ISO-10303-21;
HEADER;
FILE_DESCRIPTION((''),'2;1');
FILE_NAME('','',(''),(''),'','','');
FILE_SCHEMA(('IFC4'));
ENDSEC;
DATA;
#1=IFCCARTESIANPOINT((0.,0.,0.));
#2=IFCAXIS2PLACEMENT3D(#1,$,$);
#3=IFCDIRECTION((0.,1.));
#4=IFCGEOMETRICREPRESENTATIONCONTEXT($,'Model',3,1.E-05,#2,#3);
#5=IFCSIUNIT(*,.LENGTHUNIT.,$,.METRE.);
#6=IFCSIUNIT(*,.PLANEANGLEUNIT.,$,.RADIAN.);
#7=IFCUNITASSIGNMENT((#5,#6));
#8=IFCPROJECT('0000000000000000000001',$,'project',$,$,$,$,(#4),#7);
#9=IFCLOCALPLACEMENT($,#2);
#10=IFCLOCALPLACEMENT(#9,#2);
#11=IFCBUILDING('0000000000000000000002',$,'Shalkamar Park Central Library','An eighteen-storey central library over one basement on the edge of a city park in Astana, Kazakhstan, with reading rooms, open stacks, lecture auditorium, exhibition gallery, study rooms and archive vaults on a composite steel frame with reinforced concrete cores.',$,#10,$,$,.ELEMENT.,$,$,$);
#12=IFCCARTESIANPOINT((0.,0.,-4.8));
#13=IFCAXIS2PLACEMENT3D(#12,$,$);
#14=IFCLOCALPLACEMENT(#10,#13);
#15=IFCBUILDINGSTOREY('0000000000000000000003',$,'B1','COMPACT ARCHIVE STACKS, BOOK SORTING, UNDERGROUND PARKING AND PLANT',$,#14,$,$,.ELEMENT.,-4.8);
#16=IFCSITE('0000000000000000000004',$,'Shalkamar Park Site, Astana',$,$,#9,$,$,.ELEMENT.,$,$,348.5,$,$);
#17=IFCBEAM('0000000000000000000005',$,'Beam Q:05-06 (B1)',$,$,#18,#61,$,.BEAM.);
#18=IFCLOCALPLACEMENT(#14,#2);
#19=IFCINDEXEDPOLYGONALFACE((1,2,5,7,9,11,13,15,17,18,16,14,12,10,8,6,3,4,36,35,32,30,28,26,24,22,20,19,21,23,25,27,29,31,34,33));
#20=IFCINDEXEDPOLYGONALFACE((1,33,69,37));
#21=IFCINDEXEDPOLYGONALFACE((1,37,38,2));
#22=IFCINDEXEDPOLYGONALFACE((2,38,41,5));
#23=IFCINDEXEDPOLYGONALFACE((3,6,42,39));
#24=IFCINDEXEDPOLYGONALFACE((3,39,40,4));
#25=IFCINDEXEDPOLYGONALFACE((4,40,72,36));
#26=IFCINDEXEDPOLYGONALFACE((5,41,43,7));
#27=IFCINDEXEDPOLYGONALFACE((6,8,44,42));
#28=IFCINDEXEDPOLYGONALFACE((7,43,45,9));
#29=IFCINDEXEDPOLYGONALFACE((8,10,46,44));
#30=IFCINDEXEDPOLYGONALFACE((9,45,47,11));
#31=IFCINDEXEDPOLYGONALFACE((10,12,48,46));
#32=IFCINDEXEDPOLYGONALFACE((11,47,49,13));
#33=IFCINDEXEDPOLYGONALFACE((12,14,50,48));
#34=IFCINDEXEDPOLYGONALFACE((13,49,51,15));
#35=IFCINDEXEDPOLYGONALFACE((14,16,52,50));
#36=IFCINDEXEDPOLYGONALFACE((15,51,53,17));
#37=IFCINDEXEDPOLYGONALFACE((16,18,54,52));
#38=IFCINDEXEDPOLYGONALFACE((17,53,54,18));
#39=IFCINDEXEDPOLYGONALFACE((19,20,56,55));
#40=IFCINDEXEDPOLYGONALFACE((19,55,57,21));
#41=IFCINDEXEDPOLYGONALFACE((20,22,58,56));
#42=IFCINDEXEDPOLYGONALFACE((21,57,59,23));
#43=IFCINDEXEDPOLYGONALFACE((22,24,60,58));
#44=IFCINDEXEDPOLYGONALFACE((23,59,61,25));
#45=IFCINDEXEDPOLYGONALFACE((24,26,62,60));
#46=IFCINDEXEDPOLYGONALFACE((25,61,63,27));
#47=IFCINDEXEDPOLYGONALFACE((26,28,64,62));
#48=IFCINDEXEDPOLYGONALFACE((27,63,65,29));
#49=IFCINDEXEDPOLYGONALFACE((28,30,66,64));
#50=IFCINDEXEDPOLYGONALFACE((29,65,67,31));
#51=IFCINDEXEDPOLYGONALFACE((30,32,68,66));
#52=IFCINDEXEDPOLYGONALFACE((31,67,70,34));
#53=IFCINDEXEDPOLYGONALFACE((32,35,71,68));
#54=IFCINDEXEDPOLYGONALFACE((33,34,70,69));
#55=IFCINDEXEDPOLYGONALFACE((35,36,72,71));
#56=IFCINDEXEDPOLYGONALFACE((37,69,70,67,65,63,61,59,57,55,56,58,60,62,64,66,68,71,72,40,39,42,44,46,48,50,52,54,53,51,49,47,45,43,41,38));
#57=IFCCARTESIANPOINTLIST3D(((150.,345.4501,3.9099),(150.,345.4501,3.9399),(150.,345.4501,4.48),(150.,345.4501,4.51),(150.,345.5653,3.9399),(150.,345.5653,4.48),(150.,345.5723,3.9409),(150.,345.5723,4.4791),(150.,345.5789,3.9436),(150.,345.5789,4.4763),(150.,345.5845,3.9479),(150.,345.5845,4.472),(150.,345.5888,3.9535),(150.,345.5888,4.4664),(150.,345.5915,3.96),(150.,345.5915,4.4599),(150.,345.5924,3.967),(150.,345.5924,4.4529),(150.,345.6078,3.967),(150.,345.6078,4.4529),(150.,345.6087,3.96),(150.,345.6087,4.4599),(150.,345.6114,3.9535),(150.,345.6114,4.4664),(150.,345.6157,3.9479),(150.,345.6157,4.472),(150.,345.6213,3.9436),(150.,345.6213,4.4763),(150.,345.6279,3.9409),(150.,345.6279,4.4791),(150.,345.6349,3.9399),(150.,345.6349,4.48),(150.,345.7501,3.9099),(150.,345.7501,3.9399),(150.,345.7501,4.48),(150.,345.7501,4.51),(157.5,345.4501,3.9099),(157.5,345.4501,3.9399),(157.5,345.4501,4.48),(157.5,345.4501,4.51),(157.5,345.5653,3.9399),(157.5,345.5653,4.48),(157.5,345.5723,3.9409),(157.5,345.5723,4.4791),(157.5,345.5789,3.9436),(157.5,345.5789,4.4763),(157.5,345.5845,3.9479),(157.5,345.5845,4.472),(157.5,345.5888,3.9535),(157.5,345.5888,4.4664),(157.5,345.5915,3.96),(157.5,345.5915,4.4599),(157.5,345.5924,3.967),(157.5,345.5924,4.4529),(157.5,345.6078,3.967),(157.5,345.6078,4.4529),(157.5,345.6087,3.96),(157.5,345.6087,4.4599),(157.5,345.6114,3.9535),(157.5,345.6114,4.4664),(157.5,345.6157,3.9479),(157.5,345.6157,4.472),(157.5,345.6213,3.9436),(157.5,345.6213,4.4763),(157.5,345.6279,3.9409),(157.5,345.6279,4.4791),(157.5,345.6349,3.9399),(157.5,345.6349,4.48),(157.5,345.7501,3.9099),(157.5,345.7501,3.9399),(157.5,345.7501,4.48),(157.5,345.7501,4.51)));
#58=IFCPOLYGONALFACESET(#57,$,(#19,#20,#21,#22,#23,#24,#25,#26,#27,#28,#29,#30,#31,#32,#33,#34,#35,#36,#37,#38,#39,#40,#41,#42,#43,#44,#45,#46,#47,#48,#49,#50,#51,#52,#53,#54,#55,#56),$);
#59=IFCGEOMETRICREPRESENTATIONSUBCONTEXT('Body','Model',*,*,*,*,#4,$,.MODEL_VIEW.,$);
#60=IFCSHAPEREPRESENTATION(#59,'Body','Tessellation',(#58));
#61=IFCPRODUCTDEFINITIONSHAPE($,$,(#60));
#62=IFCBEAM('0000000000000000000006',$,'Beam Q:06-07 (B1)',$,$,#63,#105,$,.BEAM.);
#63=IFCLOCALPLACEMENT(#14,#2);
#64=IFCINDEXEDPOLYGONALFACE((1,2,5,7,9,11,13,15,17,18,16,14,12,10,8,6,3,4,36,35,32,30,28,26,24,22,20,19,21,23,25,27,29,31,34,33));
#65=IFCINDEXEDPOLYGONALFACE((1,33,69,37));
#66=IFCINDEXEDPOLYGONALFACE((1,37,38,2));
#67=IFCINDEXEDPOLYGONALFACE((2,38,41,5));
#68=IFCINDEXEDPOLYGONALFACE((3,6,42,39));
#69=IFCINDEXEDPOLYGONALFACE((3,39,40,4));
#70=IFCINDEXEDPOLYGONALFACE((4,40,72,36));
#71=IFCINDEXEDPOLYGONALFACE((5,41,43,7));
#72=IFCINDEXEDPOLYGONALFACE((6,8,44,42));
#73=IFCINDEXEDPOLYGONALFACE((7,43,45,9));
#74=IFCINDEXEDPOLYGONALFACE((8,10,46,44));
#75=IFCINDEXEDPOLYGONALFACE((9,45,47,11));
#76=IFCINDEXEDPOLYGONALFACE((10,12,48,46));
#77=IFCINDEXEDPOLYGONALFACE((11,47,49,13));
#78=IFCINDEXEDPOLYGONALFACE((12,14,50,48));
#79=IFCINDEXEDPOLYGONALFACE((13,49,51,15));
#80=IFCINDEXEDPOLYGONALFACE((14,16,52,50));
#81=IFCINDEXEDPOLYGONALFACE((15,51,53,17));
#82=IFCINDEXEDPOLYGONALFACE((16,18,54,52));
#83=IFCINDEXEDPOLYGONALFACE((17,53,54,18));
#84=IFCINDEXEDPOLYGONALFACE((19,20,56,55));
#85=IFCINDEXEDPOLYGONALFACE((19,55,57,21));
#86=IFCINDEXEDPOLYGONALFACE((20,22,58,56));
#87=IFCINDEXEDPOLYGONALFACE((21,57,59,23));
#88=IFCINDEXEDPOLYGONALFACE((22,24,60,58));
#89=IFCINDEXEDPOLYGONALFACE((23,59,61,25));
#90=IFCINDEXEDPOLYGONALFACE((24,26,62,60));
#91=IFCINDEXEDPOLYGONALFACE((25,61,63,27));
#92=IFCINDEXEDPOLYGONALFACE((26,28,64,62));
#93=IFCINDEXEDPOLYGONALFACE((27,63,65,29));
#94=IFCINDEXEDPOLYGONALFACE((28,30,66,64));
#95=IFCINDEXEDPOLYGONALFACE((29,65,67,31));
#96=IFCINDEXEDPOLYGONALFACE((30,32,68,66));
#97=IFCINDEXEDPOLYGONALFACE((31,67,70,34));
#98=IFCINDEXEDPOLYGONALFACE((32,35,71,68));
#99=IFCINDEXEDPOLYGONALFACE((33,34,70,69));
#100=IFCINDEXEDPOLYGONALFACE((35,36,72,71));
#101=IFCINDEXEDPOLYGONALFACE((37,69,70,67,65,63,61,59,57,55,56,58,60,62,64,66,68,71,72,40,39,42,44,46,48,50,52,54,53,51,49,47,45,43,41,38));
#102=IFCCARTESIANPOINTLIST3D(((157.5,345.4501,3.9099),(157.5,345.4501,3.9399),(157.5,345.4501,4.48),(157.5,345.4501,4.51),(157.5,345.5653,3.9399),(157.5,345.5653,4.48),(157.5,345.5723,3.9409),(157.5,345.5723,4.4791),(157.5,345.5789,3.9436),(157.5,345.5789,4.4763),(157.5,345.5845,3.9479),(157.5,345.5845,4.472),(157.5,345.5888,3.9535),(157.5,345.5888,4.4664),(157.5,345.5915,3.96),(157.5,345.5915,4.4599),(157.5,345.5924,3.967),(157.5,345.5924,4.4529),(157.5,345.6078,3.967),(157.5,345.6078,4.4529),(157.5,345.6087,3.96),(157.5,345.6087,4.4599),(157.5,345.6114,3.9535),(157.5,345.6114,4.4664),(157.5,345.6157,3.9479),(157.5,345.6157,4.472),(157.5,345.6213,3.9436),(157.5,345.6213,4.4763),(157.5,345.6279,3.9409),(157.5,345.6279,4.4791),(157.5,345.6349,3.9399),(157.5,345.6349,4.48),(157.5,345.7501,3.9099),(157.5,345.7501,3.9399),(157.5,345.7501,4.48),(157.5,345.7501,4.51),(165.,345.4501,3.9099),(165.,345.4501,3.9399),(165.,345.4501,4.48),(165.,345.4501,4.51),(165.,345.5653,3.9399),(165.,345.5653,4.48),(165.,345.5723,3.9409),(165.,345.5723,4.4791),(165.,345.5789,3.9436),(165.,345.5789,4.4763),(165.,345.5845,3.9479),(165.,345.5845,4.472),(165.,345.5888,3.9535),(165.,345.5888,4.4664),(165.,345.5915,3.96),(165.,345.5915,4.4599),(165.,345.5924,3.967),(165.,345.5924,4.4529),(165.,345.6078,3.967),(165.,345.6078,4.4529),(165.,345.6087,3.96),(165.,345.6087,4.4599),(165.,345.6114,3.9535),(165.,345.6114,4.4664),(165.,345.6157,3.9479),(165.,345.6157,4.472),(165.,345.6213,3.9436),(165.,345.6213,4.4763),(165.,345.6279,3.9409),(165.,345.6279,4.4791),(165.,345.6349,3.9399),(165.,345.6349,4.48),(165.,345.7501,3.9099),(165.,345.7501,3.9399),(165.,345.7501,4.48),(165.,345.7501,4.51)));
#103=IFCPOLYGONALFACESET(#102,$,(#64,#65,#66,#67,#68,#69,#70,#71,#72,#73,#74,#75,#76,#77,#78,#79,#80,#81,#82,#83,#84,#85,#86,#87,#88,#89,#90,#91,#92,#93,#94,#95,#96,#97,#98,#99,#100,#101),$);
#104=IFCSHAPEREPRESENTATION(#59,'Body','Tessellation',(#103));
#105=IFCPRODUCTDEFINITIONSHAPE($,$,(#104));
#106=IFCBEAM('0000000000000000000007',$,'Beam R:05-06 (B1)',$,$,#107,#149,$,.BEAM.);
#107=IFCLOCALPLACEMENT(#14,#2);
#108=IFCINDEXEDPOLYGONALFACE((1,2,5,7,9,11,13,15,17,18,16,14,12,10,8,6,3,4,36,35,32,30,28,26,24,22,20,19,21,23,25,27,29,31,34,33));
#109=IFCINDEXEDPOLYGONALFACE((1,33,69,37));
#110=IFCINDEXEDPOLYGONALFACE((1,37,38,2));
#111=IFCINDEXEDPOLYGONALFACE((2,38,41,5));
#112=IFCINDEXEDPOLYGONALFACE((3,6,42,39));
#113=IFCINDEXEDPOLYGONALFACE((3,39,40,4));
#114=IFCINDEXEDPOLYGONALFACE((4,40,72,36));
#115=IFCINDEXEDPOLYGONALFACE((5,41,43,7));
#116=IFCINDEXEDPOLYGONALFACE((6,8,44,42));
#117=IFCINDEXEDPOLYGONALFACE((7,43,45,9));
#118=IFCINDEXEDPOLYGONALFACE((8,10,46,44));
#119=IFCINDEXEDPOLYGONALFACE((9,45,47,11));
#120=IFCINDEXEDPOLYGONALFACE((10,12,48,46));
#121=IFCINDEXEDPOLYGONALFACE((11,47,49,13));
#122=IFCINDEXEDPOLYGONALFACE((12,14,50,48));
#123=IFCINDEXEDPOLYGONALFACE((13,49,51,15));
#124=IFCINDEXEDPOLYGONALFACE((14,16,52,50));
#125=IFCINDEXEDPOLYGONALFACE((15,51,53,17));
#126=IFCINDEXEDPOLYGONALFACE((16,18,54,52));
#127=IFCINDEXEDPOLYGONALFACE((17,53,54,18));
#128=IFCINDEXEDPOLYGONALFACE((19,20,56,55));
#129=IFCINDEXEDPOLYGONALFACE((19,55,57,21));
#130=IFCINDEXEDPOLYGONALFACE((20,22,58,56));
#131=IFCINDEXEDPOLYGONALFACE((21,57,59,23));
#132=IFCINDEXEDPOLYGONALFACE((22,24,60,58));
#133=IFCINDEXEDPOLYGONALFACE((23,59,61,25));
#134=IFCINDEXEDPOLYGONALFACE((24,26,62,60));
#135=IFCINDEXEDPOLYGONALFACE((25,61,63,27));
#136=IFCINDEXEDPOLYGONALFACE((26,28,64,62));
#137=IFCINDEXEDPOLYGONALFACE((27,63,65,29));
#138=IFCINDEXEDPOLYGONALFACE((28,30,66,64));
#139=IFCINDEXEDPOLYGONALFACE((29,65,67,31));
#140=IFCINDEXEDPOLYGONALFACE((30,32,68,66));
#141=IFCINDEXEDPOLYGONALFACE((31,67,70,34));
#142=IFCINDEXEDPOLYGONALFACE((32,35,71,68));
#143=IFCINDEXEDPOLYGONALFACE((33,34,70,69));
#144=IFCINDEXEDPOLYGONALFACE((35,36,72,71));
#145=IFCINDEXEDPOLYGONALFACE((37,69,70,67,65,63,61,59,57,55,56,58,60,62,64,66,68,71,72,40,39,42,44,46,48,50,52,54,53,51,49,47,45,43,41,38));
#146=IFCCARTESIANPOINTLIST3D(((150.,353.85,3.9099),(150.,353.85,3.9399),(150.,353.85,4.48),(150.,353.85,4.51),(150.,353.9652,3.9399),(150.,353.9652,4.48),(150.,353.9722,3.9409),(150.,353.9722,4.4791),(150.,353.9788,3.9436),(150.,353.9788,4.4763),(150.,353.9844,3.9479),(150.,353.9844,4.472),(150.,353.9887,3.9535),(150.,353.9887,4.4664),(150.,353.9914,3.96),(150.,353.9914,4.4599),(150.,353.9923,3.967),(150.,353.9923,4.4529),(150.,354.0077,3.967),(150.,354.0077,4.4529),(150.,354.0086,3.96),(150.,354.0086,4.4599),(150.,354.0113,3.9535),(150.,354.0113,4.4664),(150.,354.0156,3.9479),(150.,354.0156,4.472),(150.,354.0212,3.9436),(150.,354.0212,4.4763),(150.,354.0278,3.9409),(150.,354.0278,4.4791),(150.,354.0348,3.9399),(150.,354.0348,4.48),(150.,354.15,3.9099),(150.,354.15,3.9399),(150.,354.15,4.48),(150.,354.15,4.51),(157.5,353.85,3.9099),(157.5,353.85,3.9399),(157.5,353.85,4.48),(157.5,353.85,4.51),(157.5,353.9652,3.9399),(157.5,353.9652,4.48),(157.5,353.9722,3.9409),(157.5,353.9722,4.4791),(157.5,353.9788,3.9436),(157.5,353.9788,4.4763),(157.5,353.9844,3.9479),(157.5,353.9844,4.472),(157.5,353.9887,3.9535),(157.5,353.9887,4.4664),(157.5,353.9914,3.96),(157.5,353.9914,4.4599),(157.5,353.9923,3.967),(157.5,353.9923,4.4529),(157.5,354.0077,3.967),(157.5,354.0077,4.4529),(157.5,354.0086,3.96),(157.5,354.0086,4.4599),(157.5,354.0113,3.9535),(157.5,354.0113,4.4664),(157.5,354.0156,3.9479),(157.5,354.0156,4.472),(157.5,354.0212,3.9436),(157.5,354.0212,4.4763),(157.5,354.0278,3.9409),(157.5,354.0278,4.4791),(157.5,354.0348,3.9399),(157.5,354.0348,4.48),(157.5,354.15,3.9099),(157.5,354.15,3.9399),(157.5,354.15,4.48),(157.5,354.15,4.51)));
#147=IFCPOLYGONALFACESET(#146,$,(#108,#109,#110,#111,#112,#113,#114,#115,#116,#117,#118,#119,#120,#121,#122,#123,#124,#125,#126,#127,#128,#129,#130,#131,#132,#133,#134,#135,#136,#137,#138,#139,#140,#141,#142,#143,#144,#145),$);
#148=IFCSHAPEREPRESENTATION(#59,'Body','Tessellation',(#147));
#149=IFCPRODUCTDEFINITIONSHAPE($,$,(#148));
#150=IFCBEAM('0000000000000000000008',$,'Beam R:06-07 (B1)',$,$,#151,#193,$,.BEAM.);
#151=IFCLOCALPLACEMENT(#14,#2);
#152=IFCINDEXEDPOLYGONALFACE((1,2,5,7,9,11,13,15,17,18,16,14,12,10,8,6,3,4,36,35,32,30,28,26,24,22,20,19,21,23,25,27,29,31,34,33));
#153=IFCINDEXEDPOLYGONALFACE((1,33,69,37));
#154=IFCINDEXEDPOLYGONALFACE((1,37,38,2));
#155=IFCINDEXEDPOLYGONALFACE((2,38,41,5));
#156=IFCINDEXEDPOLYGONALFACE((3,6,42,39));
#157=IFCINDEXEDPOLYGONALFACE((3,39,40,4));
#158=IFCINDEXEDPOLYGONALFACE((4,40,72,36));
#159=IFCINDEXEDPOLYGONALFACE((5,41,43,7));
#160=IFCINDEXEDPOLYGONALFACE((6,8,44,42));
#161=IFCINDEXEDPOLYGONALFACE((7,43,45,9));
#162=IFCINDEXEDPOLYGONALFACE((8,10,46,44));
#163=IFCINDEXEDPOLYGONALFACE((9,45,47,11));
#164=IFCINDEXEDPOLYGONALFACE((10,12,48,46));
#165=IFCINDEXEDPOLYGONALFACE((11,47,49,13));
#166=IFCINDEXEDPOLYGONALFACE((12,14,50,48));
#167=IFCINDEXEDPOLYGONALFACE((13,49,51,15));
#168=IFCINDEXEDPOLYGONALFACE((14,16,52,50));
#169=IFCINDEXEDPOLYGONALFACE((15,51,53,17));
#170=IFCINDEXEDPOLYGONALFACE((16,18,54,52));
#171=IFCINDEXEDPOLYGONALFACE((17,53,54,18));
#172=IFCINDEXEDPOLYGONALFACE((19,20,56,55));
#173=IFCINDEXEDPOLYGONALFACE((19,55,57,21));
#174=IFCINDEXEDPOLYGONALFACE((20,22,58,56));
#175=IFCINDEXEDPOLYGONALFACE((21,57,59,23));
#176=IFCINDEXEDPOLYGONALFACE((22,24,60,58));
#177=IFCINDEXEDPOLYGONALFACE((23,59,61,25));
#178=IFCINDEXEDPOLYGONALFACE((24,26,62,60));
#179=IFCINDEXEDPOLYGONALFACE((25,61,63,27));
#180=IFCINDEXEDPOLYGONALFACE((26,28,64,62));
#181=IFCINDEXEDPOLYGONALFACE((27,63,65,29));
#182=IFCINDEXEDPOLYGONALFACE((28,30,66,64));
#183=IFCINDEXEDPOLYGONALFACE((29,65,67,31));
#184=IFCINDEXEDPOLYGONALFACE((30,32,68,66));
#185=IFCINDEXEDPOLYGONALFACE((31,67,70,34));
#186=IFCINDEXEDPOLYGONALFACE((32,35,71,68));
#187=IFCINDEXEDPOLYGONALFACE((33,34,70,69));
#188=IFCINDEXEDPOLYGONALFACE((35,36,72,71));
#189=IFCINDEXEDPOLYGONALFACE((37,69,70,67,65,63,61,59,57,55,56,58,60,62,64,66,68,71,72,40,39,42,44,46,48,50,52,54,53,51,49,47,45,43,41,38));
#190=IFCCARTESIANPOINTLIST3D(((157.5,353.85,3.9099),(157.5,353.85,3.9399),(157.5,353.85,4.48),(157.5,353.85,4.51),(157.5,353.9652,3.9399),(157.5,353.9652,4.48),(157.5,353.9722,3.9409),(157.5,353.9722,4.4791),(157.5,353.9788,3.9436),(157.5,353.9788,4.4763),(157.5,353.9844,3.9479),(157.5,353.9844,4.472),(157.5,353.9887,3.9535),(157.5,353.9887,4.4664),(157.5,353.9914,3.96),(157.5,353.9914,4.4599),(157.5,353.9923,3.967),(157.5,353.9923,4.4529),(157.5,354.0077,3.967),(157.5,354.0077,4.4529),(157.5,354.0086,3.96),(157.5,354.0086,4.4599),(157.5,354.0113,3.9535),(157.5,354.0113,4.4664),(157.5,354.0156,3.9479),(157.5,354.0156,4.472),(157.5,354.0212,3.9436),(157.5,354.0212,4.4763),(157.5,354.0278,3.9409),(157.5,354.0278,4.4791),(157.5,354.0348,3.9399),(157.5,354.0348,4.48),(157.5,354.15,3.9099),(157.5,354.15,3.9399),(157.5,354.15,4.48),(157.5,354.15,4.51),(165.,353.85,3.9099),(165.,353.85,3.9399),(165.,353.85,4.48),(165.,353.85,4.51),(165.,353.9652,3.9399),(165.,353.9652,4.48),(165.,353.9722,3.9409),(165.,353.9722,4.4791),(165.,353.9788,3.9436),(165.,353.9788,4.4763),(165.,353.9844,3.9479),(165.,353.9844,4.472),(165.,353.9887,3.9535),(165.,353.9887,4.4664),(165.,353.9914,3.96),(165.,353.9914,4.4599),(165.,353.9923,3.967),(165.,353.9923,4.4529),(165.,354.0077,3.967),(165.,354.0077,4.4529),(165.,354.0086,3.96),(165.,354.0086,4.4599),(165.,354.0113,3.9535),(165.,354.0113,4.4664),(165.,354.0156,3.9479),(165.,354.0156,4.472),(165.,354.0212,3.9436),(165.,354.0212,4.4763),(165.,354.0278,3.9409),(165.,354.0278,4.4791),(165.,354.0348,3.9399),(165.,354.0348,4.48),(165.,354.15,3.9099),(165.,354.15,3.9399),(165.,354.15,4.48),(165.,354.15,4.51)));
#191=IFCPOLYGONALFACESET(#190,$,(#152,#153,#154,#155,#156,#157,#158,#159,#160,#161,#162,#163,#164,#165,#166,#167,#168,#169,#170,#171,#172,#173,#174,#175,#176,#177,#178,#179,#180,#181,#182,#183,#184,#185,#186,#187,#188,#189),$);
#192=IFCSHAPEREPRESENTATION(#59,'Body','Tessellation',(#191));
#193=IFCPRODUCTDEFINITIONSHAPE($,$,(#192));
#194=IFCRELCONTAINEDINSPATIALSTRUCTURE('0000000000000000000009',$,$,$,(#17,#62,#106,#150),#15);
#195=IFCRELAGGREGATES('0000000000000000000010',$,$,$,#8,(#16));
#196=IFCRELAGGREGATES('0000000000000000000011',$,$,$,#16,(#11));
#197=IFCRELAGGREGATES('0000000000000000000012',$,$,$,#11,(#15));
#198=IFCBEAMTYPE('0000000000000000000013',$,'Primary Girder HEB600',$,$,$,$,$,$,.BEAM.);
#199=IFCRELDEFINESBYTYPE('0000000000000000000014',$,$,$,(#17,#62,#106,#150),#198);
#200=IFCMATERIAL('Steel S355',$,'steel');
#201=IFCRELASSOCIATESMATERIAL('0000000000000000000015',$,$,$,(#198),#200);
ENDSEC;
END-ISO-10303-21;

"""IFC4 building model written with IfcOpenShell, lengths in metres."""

from ifc_helpers import new_model, si_unit, direction, frame, origin, origin_2d, place, context, subcontext, project, spatial, i_section, extrude, material, material_profile, profile_set, type_object, element, save


model = new_model("IFC4")

# Units and contexts
model_context = context("Model", 3, precision=1e-05, world=origin(), true_north=direction((0.0, 1.0)))
body_context = subcontext(model_context, "Body", "Model", "MODEL_VIEW")
ifc_project = project(units=[si_unit("LENGTHUNIT", "METRE"), si_unit("PLANEANGLEUNIT", "RADIAN")], contexts=[model_context])

# Site, building, storey
site_placement = place(None, origin())
site = spatial("IfcSite", under=ifc_project, at=site_placement, Name="Shalkamar Park Site, Astana", CompositionType="ELEMENT", RefElevation=348.5)
building_placement = place(site_placement, origin())
building = spatial("IfcBuilding", under=site, at=building_placement, Name="Shalkamar Park Central Library", Description="An eighteen-storey central library over one basement on the edge of a city park in Astana, Kazakhstan, with reading rooms, open stacks, lecture auditorium, exhibition gallery, study rooms and archive vaults on a composite steel frame with reinforced concrete cores.", CompositionType="ELEMENT")
storey_placement = place(building_placement, frame((0.0, 0.0, -4.8)))
storey = spatial("IfcBuildingStorey", under=building, at=storey_placement, Name="B1", Description="COMPACT ARCHIVE STACKS, BOOK SORTING, UNDERGROUND PARKING AND PLANT", CompositionType="ELEMENT", Elevation=-4.8)

# Shared definitions
ifc_material_1 = material(Name="Steel S355", Category="steel")

# Beams
ifc_material_profile_1 = material_profile(ifc_material_1, i_section(OverallWidth=0.3, OverallDepth=0.6001, WebThickness=0.0154, FlangeThickness=0.03, FilletRadius=0.0271, at=origin_2d()), Name="HEB 600")
ifc_profile_set_1 = profile_set([ifc_material_profile_1], Name="Steel S355")
beam_type_1 = type_object("IfcBeamType", Name="Primary Girder HEB600", PredefinedType="BEAM", material=ifc_profile_set_1)
for number, where, z_axis, x_axis, name in (
    (1, (150.0, 345.6001, 4.21), (1.0, 0.0, 0.0), (0.0, 1.0, 0.0), "Beam Q:05-06 (B1)"),
    (2, (157.5, 345.6001, 4.21), (1.0, 0.0, 0.0), (0.0, 1.0, 0.0), "Beam Q:06-07 (B1)"),
    (3, (150.0, 354.0, 4.21), (1.0, 0.0, 0.0), (0.0, 1.0, 0.0), "Beam R:05-06 (B1)"),
    (4, (157.5, 354.0, 4.21), (1.0, 0.0, 0.0), (0.0, 1.0, 0.0), "Beam R:06-07 (B1)"),
):
    element("IfcBeam", number, at=place(storey_placement, frame(where, z_axis=z_axis, x_axis=x_axis)), inside=storey, type_object=beam_type_1, Name=name, PredefinedType="BEAM", context=body_context, shape_type="SweptSolid", body=[
        extrude(i_section(OverallWidth=0.3, OverallDepth=0.6001, WebThickness=0.0154, FlangeThickness=0.03, FilletRadius=0.0271, at=origin_2d()), origin(), (0.0, 0.0, 1.0), 7.5),
    ])

save(model, "model.ifc")
